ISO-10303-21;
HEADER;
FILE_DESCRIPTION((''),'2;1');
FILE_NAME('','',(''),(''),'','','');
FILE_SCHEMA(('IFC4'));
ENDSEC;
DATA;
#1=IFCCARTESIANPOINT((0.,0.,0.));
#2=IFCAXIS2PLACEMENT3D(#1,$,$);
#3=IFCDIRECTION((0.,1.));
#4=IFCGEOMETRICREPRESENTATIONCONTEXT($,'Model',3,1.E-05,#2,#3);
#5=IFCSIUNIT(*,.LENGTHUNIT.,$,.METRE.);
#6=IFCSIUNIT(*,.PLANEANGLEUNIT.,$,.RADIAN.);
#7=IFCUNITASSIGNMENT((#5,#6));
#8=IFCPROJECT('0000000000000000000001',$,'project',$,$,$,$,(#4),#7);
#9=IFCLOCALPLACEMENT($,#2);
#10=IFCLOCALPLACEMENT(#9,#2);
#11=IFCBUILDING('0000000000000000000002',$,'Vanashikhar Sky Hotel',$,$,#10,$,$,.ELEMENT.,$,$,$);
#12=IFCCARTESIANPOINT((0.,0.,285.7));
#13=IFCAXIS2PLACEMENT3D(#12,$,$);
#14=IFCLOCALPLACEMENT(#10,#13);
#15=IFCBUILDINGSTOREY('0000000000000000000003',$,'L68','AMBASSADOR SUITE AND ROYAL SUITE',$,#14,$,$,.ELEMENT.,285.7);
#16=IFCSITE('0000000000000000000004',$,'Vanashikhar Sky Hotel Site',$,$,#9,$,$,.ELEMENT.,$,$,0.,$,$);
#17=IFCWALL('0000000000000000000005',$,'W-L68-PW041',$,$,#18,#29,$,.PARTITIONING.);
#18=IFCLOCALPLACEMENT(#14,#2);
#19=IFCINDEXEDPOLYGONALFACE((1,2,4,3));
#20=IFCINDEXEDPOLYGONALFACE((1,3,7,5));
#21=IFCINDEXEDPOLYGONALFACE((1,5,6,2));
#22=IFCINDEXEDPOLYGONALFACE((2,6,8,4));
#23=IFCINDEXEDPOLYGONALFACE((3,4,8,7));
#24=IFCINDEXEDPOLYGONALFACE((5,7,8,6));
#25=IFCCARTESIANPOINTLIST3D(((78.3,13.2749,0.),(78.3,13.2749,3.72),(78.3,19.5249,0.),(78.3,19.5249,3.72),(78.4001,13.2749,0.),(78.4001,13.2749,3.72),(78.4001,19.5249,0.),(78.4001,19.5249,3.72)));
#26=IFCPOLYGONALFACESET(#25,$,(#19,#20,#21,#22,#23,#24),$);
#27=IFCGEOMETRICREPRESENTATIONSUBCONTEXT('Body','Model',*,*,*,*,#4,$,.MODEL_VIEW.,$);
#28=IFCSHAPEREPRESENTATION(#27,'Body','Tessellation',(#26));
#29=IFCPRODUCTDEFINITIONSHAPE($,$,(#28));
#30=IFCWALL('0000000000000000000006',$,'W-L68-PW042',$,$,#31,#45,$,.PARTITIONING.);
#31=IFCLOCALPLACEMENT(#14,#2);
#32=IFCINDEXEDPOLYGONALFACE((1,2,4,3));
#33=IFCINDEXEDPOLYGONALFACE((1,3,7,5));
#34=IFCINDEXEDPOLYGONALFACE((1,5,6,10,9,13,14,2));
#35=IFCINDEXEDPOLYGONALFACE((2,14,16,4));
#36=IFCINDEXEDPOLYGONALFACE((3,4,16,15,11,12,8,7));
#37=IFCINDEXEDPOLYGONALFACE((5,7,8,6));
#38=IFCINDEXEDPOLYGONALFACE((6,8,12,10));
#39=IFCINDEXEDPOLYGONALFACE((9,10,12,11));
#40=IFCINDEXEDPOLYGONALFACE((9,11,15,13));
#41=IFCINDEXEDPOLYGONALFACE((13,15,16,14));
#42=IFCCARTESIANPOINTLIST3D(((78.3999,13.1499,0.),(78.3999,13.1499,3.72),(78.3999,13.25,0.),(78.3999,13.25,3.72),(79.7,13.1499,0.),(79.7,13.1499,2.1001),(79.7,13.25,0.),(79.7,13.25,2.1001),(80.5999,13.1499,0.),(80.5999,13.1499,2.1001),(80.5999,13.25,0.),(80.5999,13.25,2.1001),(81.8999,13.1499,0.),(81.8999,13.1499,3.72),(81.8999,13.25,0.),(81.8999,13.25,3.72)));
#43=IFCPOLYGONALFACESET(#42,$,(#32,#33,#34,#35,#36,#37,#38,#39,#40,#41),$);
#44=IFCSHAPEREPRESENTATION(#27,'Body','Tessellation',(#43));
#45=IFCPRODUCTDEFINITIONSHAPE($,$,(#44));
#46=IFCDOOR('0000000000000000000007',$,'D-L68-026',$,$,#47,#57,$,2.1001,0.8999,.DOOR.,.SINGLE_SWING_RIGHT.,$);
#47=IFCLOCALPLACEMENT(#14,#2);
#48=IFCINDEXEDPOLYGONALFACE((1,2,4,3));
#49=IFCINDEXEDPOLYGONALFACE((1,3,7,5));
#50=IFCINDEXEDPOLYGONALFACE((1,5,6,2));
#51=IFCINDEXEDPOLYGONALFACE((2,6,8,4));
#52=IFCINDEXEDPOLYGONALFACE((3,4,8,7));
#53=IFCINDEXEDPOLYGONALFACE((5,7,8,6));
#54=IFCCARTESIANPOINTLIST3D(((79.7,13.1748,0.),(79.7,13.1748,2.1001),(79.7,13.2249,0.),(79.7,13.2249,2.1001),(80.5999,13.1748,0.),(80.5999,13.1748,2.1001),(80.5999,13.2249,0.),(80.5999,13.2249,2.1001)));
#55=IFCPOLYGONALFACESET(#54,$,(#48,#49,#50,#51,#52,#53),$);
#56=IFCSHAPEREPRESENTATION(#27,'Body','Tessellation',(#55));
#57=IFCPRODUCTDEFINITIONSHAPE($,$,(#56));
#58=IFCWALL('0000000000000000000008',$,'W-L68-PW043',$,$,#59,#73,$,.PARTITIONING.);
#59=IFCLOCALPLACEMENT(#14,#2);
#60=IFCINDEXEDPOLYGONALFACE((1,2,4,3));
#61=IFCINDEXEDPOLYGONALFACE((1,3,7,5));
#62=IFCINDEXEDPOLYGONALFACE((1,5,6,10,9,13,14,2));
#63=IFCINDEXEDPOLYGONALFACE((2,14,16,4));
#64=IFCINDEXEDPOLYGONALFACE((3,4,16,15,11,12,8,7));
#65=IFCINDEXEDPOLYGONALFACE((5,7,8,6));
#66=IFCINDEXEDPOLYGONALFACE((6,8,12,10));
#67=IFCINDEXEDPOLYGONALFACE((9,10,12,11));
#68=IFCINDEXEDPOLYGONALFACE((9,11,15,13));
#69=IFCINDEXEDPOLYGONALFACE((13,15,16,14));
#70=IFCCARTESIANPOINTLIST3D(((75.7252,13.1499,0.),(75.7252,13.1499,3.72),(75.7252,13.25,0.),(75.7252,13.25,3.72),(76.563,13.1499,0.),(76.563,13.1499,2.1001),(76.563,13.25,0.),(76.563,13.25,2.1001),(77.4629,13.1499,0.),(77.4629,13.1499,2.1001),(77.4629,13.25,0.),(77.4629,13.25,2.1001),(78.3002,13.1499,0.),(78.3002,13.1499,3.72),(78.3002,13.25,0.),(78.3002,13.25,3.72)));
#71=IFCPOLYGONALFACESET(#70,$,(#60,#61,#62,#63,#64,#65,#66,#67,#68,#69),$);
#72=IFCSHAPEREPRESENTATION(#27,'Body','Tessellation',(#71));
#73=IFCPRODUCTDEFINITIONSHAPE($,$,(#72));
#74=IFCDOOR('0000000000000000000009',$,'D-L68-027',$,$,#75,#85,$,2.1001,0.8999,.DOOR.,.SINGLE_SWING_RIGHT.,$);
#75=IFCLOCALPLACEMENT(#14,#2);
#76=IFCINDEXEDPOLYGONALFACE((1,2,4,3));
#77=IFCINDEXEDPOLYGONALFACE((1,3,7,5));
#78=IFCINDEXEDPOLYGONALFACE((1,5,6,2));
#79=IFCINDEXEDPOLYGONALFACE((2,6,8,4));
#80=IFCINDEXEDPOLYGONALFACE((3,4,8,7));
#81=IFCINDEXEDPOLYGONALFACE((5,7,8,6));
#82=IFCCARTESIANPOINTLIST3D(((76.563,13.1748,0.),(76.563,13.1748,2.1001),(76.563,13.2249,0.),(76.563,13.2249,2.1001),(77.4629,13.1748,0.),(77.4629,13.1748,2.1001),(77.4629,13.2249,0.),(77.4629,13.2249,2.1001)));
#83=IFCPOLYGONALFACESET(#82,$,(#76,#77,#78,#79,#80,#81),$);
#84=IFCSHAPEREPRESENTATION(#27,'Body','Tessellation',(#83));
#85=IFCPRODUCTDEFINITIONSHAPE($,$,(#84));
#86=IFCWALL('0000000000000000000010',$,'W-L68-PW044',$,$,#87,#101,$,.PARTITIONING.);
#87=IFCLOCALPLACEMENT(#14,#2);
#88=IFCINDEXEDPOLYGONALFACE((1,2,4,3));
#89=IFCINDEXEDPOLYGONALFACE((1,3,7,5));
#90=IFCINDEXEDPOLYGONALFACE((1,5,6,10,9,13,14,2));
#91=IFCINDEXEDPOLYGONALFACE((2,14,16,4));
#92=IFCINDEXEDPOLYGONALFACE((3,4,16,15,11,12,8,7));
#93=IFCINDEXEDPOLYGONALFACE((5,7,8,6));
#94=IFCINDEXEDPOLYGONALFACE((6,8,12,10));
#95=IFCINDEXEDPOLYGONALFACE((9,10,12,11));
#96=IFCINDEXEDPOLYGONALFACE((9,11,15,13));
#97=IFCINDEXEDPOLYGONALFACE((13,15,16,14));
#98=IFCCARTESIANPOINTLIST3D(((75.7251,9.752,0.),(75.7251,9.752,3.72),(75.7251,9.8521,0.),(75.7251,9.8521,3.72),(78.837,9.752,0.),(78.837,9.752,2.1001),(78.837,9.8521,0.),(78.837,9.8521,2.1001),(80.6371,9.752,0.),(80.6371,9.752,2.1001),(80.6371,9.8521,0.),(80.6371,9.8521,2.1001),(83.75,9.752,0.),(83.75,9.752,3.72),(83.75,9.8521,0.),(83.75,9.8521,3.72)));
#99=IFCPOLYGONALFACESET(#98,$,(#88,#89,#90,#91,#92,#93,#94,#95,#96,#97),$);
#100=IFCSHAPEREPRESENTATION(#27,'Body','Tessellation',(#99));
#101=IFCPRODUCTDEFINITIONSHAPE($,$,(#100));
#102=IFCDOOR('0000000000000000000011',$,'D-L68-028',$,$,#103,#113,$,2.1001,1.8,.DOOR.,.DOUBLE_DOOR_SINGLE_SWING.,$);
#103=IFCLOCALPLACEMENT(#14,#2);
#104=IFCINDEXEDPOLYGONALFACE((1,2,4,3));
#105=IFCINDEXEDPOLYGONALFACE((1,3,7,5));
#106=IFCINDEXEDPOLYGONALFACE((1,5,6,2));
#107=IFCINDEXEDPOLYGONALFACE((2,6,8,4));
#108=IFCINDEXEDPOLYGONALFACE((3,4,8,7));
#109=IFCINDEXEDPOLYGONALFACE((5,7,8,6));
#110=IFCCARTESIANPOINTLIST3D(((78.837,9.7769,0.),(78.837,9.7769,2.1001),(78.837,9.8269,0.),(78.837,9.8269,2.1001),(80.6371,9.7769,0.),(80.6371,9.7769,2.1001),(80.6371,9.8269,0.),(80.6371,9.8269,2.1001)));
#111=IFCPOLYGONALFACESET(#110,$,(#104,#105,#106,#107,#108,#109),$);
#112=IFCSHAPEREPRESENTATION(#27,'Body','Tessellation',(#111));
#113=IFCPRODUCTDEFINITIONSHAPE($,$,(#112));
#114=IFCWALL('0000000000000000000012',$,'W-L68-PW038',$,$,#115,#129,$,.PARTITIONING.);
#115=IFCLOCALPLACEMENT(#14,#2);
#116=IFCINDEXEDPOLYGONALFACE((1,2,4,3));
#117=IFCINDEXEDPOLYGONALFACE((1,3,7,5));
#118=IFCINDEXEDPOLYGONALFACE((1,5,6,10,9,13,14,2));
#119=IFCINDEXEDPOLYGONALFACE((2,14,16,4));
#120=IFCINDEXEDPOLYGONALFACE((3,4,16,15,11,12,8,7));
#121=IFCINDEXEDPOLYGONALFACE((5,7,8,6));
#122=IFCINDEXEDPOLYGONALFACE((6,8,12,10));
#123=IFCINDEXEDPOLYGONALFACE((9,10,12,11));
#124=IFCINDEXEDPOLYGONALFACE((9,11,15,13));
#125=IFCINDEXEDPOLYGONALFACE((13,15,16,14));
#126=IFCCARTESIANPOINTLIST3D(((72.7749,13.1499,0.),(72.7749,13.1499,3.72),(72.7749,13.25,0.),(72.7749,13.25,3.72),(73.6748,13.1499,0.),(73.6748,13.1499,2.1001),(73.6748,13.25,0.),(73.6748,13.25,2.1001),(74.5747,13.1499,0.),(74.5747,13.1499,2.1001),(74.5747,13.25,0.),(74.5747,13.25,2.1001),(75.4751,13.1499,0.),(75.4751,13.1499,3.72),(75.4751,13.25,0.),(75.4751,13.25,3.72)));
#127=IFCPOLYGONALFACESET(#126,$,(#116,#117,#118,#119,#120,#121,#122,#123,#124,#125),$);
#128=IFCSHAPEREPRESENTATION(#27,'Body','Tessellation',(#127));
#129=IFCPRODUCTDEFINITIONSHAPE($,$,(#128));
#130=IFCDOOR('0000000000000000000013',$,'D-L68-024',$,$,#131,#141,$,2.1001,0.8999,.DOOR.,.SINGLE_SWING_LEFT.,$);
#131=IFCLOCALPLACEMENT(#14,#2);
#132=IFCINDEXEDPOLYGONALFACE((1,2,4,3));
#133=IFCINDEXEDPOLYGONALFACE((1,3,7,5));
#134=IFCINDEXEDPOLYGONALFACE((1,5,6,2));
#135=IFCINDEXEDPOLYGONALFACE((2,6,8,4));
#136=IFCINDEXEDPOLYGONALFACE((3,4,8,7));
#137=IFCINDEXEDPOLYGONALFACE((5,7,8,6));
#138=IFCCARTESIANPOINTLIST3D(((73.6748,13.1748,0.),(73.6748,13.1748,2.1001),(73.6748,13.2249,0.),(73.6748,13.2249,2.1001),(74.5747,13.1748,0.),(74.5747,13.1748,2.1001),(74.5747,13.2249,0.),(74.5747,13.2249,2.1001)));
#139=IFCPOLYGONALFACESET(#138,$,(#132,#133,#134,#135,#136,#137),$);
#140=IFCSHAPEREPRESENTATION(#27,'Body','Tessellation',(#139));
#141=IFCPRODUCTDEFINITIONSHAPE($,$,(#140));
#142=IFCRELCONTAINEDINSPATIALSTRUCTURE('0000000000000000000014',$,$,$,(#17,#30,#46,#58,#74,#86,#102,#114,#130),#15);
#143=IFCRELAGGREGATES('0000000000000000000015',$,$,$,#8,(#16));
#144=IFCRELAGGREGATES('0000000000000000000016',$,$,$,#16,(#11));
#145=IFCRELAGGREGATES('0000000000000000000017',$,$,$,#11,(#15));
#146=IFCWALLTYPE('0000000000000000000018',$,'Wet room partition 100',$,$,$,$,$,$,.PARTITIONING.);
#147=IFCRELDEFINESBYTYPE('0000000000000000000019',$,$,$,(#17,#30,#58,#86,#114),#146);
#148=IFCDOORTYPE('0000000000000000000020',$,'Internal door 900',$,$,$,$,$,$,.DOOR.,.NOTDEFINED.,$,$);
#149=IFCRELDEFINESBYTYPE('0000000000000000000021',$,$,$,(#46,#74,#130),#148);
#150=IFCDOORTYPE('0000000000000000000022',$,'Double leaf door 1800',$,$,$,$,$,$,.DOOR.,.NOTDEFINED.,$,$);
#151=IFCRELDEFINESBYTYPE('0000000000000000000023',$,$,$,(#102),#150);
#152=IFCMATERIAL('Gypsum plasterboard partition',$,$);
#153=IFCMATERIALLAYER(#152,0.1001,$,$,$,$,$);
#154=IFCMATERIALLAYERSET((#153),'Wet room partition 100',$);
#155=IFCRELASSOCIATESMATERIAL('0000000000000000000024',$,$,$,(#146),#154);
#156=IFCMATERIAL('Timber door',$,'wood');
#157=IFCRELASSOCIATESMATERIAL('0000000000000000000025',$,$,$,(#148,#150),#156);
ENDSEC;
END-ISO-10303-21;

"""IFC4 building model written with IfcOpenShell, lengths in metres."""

from ifc_helpers import new_model, si_unit, direction, frame, frame_2d, origin, place, context, subcontext, project, spatial, rectangle, extrude, source, transform, mapped, material, layer, layer_set, type_object, element, fill, save


model = new_model("IFC4")

# Units and contexts
model_context = context("Model", 3, precision=1e-05, world=origin(), true_north=direction((0.0, 1.0)))
body_context = subcontext(model_context, "Body", "Model", "MODEL_VIEW")
ifc_project = project(units=[si_unit("LENGTHUNIT", "METRE"), si_unit("PLANEANGLEUNIT", "RADIAN")], contexts=[model_context])

# Site, building, storey
site_placement = place(None, origin())
site = spatial("IfcSite", under=ifc_project, at=site_placement, Name="Vanashikhar Sky Hotel Site", CompositionType="ELEMENT", RefElevation=0.0)
building_placement = place(site_placement, origin())
building = spatial("IfcBuilding", under=site, at=building_placement, Name="Vanashikhar Sky Hotel", CompositionType="ELEMENT")
storey_placement = place(building_placement, frame((0.0, 0.0, 285.7)))
storey = spatial("IfcBuildingStorey", under=building, at=storey_placement, Name="L68", Description="AMBASSADOR SUITE AND ROYAL SUITE", CompositionType="ELEMENT", Elevation=285.7)

# Wall
ifc_material_1 = material(Name="Gypsum plasterboard partition")
ifc_layer_1 = layer(ifc_material_1, 0.1001)
ifc_layer_set_1 = layer_set([ifc_layer_1], Name="Wet room partition 100")
wall_type_1 = type_object("IfcWallType", Name="Wet room partition 100", PredefinedType="PARTITIONING", material=ifc_layer_set_1)
shared_shape_1 = source(origin(), body_context, "Body", "SweptSolid", [
    extrude(rectangle(XDim=6.25, YDim=0.1001, at=frame_2d((3.125, 0.0))), origin(), (0.0, 0.0, 1.0), 3.72),
])
for number, where, z_axis, x_axis, name in (
    (1, (78.3501, 13.2749, 0.0), (0.0, 0.0, 1.0), (0.0, 1.0, 0.0), "W-L68-PW041"),
):
    element("IfcWall", number, at=place(storey_placement, frame(where, z_axis=z_axis, x_axis=x_axis)), inside=storey, type_object=wall_type_1, Name=name, PredefinedType="PARTITIONING", context=body_context, shape_type="MappedRepresentation", body=[
        mapped(shared_shape_1, transform((0.0, 0.0, 0.0), scale=1.0)),
    ])

# Walls, openings, doors
shared_shape_2 = source(origin(), body_context, "Body", "SweptSolid", [
    extrude(rectangle(XDim=3.5, YDim=0.1001, at=frame_2d((1.75, 0.0))), origin(), (0.0, 0.0, 1.0), 3.72),
])
wall_1_placement = place(storey_placement, frame((78.3999, 13.2, 0.0), z_axis=(0.0, 0.0, 1.0), x_axis=(1.0, 0.0, 0.0)))
wall_1 = element("IfcWall", 2, at=wall_1_placement, inside=storey, type_object=wall_type_1, Name="W-L68-PW042", PredefinedType="PARTITIONING", context=body_context, shape_type="MappedRepresentation", body=[
    mapped(shared_shape_2, transform((0.0, 0.0, 0.0), scale=1.0)),
])
shared_shape_3 = source(origin(), body_context, "Body", "SweptSolid", [
    extrude(rectangle(XDim=0.8999, YDim=2.1001, at=frame_2d((0.45, 1.05))), frame((0.0, 0.0601, 0.0), z_axis=(0.0, -1.0, 0.0), x_axis=(1.0, 0.0, 0.0)), (0.0, 0.0, 1.0), 0.1201),
])
opening_1_placement = place(wall_1_placement, frame((1.3, 0.0, 0.0)))
opening_1 = element("IfcOpeningElement", 3, at=opening_1_placement, cuts=wall_1, PredefinedType="OPENING", context=body_context, shape_type="MappedRepresentation", body=[
    mapped(shared_shape_3, transform((0.0, 0.0, 0.0), scale=1.0)),
])
ifc_material_2 = material(Name="Timber door", Category="wood")
door_type_1 = type_object("IfcDoorType", Name="Internal door 900", OperationType="NOTDEFINED", PredefinedType="DOOR", material=ifc_material_2)
shared_shape_4 = source(origin(), body_context, "Body", "SweptSolid", [
    extrude(rectangle(XDim=0.8999, YDim=2.1001, at=frame_2d((0.45, 1.05))), frame((0.0, 0.0249, 0.0), z_axis=(0.0, -1.0, 0.0), x_axis=(1.0, 0.0, 0.0)), (0.0, 0.0, 1.0), 0.05),
])
door_1_placement = place(opening_1_placement, origin())
door_1 = element("IfcDoor", 4, at=door_1_placement, inside=storey, type_object=door_type_1, Name="D-L68-026", OperationType="SINGLE_SWING_RIGHT", OverallHeight=2.1001, OverallWidth=0.8999, PredefinedType="DOOR", context=body_context, shape_type="MappedRepresentation", body=[
    mapped(shared_shape_4, transform((0.0, 0.0, 0.0), scale=1.0)),
])
fill(opening_1, door_1)
shared_shape_5 = source(origin(), body_context, "Body", "SweptSolid", [
    extrude(rectangle(XDim=2.575, YDim=0.1001, at=frame_2d((1.2876, 0.0))), origin(), (0.0, 0.0, 1.0), 3.72),
])
wall_2_placement = place(storey_placement, frame((75.7251, 13.2, 0.0), z_axis=(0.0, 0.0, 1.0), x_axis=(1.0, 0.0, 0.0)))
wall_2 = element("IfcWall", 5, at=wall_2_placement, inside=storey, type_object=wall_type_1, Name="W-L68-PW043", PredefinedType="PARTITIONING", context=body_context, shape_type="MappedRepresentation", body=[
    mapped(shared_shape_5, transform((0.0, 0.0, 0.0), scale=1.0)),
])
opening_2_placement = place(wall_2_placement, frame((0.8379, 0.0, 0.0)))
opening_2 = element("IfcOpeningElement", 6, at=opening_2_placement, cuts=wall_2, PredefinedType="OPENING", context=body_context, shape_type="MappedRepresentation", body=[
    mapped(shared_shape_3, transform((0.0, 0.0, 0.0), scale=1.0)),
])
door_2_placement = place(opening_2_placement, origin())
door_2 = element("IfcDoor", 7, at=door_2_placement, inside=storey, type_object=door_type_1, Name="D-L68-027", OperationType="SINGLE_SWING_RIGHT", OverallHeight=2.1001, OverallWidth=0.8999, PredefinedType="DOOR", context=body_context, shape_type="MappedRepresentation", body=[
    mapped(shared_shape_4, transform((0.0, 0.0, 0.0), scale=1.0)),
])
fill(opening_2, door_2)
shared_shape_6 = source(origin(), body_context, "Body", "SweptSolid", [
    extrude(rectangle(XDim=8.0249, YDim=0.1001, at=frame_2d((4.0125, 0.0))), origin(), (0.0, 0.0, 1.0), 3.72),
])
wall_3_placement = place(storey_placement, frame((75.7251, 9.802, 0.0), z_axis=(0.0, 0.0, 1.0), x_axis=(1.0, 0.0, 0.0)))
wall_3 = element("IfcWall", 8, at=wall_3_placement, inside=storey, type_object=wall_type_1, Name="W-L68-PW044", PredefinedType="PARTITIONING", context=body_context, shape_type="MappedRepresentation", body=[
    mapped(shared_shape_6, transform((0.0, 0.0, 0.0), scale=1.0)),
])
shared_shape_7 = source(origin(), body_context, "Body", "SweptSolid", [
    extrude(rectangle(XDim=1.8, YDim=2.1001, at=frame_2d((0.8999, 1.05))), frame((0.0, 0.0601, 0.0), z_axis=(0.0, -1.0, 0.0), x_axis=(1.0, 0.0, 0.0)), (0.0, 0.0, 1.0), 0.1201),
])
opening_3_placement = place(wall_3_placement, frame((3.1121, 0.0, 0.0)))
opening_3 = element("IfcOpeningElement", 9, at=opening_3_placement, cuts=wall_3, PredefinedType="OPENING", context=body_context, shape_type="MappedRepresentation", body=[
    mapped(shared_shape_7, transform((0.0, 0.0, 0.0), scale=1.0)),
])
door_type_2 = type_object("IfcDoorType", Name="Double leaf door 1800", OperationType="NOTDEFINED", PredefinedType="DOOR", material=ifc_material_2)
shared_shape_8 = source(origin(), body_context, "Body", "SweptSolid", [
    extrude(rectangle(XDim=1.8, YDim=2.1001, at=frame_2d((0.8999, 1.05))), frame((0.0, 0.0249, 0.0), z_axis=(0.0, -1.0, 0.0), x_axis=(1.0, 0.0, 0.0)), (0.0, 0.0, 1.0), 0.05),
])
door_3_placement = place(opening_3_placement, origin())
door_3 = element("IfcDoor", 10, at=door_3_placement, inside=storey, type_object=door_type_2, Name="D-L68-028", OperationType="DOUBLE_DOOR_SINGLE_SWING", OverallHeight=2.1001, OverallWidth=1.8, PredefinedType="DOOR", context=body_context, shape_type="MappedRepresentation", body=[
    mapped(shared_shape_8, transform((0.0, 0.0, 0.0), scale=1.0)),
])
fill(opening_3, door_3)
shared_shape_9 = source(origin(), body_context, "Body", "SweptSolid", [
    extrude(rectangle(XDim=2.7002, YDim=0.1001, at=frame_2d((1.3501, 0.0))), origin(), (0.0, 0.0, 1.0), 3.72),
])
wall_4_placement = place(storey_placement, frame((72.7749, 13.2, 0.0), z_axis=(0.0, 0.0, 1.0), x_axis=(1.0, 0.0, 0.0)))
wall_4 = element("IfcWall", 11, at=wall_4_placement, inside=storey, type_object=wall_type_1, Name="W-L68-PW038", PredefinedType="PARTITIONING", context=body_context, shape_type="MappedRepresentation", body=[
    mapped(shared_shape_9, transform((0.0, 0.0, 0.0), scale=1.0)),
])
opening_4_placement = place(wall_4_placement, frame((0.8999, 0.0, 0.0)))
opening_4 = element("IfcOpeningElement", 12, at=opening_4_placement, cuts=wall_4, PredefinedType="OPENING", context=body_context, shape_type="MappedRepresentation", body=[
    mapped(shared_shape_3, transform((0.0, 0.0, 0.0), scale=1.0)),
])
door_4_placement = place(opening_4_placement, origin())
door_4 = element("IfcDoor", 13, at=door_4_placement, inside=storey, type_object=door_type_1, Name="D-L68-024", OperationType="SINGLE_SWING_LEFT", OverallHeight=2.1001, OverallWidth=0.8999, PredefinedType="DOOR", context=body_context, shape_type="MappedRepresentation", body=[
    mapped(shared_shape_4, transform((0.0, 0.0, 0.0), scale=1.0)),
])
fill(opening_4, door_4)

save(model, "model.ifc")
